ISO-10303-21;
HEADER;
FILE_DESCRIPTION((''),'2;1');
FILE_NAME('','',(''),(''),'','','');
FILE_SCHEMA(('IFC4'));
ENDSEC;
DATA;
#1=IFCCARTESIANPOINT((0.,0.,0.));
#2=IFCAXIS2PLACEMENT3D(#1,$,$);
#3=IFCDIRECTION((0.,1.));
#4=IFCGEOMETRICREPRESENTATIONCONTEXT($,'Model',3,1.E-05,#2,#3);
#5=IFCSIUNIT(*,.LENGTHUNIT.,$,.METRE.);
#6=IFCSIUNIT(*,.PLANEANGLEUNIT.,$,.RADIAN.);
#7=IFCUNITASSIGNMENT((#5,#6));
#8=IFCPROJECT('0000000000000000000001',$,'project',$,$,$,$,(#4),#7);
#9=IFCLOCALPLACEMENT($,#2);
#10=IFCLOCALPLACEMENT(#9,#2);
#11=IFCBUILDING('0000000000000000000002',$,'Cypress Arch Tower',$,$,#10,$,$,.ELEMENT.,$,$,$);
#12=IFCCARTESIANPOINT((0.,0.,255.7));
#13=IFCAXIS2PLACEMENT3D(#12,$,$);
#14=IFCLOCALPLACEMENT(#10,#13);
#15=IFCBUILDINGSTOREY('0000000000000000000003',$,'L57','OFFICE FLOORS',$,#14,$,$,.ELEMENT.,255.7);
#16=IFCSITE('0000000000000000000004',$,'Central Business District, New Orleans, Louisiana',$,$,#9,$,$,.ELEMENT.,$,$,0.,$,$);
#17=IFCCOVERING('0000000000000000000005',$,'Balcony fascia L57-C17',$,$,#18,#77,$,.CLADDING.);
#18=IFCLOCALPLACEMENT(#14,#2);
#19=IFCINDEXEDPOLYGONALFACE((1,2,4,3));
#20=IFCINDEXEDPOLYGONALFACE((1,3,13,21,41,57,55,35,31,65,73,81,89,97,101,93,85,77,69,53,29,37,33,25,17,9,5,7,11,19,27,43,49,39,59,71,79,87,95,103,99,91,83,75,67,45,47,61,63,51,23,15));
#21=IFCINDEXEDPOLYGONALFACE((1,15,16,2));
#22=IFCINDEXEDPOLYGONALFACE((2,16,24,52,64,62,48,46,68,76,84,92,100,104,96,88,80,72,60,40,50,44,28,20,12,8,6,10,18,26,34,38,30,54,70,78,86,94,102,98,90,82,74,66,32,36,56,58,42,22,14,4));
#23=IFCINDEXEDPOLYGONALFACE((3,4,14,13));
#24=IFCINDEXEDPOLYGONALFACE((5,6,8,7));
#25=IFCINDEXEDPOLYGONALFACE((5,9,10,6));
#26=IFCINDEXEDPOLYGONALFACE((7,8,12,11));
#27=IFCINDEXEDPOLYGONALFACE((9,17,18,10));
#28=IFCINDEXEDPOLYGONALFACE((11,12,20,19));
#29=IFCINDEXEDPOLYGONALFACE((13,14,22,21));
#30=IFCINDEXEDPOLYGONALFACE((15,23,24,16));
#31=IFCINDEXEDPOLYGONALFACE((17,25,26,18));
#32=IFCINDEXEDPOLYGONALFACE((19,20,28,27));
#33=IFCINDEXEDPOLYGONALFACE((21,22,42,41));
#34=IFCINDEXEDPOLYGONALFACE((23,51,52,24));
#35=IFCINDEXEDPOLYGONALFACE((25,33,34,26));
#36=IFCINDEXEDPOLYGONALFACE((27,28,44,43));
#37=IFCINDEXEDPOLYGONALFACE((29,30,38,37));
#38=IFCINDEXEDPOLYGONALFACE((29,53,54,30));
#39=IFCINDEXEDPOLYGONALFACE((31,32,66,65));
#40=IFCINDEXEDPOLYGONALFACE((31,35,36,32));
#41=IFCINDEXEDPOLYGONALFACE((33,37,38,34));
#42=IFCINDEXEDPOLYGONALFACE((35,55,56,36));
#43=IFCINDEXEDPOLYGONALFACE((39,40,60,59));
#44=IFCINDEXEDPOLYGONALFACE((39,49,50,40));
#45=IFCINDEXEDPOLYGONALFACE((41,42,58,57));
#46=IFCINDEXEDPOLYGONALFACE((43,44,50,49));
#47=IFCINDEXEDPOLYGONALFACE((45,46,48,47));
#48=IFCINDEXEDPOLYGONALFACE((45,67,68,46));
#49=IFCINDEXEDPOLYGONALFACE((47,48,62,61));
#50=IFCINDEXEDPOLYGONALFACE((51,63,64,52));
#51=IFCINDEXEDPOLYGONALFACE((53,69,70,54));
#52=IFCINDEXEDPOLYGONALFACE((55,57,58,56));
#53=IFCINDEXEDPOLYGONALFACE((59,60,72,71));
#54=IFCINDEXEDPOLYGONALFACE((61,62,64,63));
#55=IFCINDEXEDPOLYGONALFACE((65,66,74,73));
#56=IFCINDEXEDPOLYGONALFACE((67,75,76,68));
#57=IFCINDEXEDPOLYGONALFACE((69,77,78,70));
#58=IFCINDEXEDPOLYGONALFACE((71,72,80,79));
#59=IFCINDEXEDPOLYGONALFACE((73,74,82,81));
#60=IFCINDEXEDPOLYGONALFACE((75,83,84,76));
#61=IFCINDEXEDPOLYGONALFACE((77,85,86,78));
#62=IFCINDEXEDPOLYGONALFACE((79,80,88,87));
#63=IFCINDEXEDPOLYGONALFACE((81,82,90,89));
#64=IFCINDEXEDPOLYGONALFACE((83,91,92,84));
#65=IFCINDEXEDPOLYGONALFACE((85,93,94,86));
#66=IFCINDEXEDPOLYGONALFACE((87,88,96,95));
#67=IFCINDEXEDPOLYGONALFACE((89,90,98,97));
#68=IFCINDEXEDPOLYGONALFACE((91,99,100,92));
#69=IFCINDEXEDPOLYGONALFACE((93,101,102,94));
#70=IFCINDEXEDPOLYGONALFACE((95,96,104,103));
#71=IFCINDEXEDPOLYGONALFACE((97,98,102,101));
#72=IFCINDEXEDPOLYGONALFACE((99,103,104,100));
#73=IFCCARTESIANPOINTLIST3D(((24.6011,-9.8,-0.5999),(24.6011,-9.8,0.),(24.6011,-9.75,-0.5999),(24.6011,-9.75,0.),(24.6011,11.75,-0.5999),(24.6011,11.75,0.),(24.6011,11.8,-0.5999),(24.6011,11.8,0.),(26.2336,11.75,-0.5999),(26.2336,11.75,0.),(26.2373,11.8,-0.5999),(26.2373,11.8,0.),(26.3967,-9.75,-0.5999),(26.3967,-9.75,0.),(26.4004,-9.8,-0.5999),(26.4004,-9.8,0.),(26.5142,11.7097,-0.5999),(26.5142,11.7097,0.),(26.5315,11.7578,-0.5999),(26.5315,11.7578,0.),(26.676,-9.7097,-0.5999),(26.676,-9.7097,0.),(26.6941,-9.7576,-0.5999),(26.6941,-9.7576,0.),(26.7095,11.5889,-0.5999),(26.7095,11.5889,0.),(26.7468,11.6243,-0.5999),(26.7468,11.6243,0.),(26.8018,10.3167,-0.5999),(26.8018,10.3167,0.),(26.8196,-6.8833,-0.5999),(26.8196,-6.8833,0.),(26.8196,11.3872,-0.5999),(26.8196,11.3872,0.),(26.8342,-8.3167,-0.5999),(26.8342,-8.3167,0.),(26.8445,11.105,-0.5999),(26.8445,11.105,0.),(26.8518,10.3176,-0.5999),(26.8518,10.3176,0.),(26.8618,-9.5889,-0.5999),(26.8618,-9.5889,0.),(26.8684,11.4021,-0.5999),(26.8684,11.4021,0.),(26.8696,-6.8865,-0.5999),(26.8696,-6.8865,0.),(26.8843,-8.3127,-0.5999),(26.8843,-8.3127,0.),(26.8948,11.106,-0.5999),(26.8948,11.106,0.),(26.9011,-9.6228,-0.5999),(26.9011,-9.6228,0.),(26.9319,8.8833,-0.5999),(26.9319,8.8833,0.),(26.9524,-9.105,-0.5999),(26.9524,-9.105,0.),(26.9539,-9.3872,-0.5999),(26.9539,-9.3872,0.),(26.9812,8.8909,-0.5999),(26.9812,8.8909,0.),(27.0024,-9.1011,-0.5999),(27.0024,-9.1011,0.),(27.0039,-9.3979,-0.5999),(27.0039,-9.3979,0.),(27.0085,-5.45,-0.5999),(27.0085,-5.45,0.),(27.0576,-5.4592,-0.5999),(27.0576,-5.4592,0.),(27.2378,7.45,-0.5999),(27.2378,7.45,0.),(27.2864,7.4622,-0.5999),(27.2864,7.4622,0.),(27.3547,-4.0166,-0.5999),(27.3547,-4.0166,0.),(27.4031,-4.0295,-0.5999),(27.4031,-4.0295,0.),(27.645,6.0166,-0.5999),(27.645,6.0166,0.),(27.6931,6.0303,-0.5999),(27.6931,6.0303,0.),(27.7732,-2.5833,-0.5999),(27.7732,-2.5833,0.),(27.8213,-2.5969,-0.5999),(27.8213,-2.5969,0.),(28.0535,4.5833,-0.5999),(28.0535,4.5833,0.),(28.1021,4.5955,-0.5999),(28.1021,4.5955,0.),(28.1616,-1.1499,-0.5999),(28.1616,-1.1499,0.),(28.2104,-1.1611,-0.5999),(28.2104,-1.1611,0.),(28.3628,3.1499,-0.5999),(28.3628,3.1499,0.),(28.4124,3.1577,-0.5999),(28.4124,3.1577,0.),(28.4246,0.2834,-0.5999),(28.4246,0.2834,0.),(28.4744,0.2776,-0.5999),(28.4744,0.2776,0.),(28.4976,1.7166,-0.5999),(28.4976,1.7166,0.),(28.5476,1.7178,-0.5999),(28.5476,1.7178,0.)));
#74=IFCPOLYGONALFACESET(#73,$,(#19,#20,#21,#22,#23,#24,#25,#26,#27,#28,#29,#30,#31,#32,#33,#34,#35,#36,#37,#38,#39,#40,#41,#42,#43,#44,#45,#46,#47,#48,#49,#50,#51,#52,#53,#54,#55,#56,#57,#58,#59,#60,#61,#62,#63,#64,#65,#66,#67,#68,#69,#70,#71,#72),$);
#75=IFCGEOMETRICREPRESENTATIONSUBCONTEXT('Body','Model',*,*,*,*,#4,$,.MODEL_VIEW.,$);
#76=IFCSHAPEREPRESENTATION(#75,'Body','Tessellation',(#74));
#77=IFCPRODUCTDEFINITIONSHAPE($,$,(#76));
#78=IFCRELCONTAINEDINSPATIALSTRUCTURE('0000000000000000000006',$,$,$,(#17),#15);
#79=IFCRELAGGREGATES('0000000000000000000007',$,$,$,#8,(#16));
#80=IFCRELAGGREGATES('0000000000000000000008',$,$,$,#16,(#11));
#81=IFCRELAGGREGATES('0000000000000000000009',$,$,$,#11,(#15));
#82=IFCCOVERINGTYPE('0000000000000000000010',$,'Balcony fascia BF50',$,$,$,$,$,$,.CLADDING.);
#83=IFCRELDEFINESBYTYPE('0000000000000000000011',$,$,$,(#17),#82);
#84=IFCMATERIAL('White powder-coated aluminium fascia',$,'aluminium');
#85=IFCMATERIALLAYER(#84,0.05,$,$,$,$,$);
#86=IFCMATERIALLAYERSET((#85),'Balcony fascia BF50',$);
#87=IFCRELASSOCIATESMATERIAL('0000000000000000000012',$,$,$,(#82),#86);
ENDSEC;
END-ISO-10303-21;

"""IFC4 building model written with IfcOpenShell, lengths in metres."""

from ifc_helpers import new_model, si_unit, direction, frame, origin, place, context, subcontext, project, spatial, polyline, outline, extrude, material, layer, layer_set, type_object, element, save


model = new_model("IFC4")

# Units and contexts
model_context = context("Model", 3, precision=1e-05, world=origin(), true_north=direction((0.0, 1.0)))
body_context = subcontext(model_context, "Body", "Model", "MODEL_VIEW")
ifc_project = project(units=[si_unit("LENGTHUNIT", "METRE"), si_unit("PLANEANGLEUNIT", "RADIAN")], contexts=[model_context])

# Site, building, storey
site_placement = place(None, origin())
site = spatial("IfcSite", under=ifc_project, at=site_placement, Name="Central Business District, New Orleans, Louisiana", CompositionType="ELEMENT", RefElevation=0.0)
building_placement = place(site_placement, origin())
building = spatial("IfcBuilding", under=site, at=building_placement, Name="Cypress Arch Tower", CompositionType="ELEMENT")
storey_placement = place(building_placement, frame((0.0, 0.0, 255.7)))
storey = spatial("IfcBuildingStorey", under=building, at=storey_placement, Name="L57", Description="OFFICE FLOORS", CompositionType="ELEMENT", Elevation=255.7)

# Covering
ifc_material_1 = material(Name="White powder-coated aluminium fascia", Category="aluminium")
ifc_layer_1 = layer(ifc_material_1, 0.05)
ifc_layer_set_1 = layer_set([ifc_layer_1], Name="Balcony fascia BF50")
covering_type = type_object("IfcCoveringType", Name="Balcony fascia BF50", PredefinedType="CLADDING", material=ifc_layer_set_1)
covering_placement = place(storey_placement, frame((0.0, 0.0, -0.5999)))
element("IfcCovering", 1, at=covering_placement, inside=storey, type_object=covering_type, Name="Balcony fascia L57-C17", PredefinedType="CLADDING", context=body_context, shape_type="SweptSolid", body=[
    extrude(outline(polyline([(26.2373, 11.8), (26.5315, 11.7578), (26.7468, 11.6243), (26.8684, 11.4021), (26.8948, 11.106), (26.8518, 10.3176), (26.9812, 8.8909), (27.2864, 7.4622), (27.6931, 6.0303), (28.1021, 4.5955), (28.4124, 3.1577), (28.5476, 1.7178), (28.4744, 0.2776), (28.2104, -1.1611), (27.8213, -2.5969), (27.4031, -4.0295), (27.0576, -5.4592), (26.8696, -6.8865), (26.8843, -8.3127), (27.0024, -9.1011), (27.0039, -9.3979), (26.9011, -9.6228), (26.6941, -9.7576), (26.4004, -9.8), (24.6011, -9.8), (24.6011, -9.75), (26.3967, -9.75), (26.676, -9.7097), (26.8618, -9.5889), (26.9539, -9.3872), (26.9524, -9.105), (26.8342, -8.3167), (26.8196, -6.8833), (27.0085, -5.45), (27.3547, -4.0166), (27.7732, -2.5833), (28.1616, -1.1499), (28.4246, 0.2834), (28.4976, 1.7166), (28.3628, 3.1499), (28.0535, 4.5833), (27.645, 6.0166), (27.2378, 7.45), (26.9319, 8.8833), (26.8018, 10.3167), (26.8445, 11.105), (26.8196, 11.3872), (26.7095, 11.5889), (26.5142, 11.7097), (26.2336, 11.75), (24.6011, 11.75), (24.6011, 11.8), (26.2373, 11.8)])), origin(), (0.0, 0.0, 1.0), 0.5999),
])

save(model, "model.ifc")
